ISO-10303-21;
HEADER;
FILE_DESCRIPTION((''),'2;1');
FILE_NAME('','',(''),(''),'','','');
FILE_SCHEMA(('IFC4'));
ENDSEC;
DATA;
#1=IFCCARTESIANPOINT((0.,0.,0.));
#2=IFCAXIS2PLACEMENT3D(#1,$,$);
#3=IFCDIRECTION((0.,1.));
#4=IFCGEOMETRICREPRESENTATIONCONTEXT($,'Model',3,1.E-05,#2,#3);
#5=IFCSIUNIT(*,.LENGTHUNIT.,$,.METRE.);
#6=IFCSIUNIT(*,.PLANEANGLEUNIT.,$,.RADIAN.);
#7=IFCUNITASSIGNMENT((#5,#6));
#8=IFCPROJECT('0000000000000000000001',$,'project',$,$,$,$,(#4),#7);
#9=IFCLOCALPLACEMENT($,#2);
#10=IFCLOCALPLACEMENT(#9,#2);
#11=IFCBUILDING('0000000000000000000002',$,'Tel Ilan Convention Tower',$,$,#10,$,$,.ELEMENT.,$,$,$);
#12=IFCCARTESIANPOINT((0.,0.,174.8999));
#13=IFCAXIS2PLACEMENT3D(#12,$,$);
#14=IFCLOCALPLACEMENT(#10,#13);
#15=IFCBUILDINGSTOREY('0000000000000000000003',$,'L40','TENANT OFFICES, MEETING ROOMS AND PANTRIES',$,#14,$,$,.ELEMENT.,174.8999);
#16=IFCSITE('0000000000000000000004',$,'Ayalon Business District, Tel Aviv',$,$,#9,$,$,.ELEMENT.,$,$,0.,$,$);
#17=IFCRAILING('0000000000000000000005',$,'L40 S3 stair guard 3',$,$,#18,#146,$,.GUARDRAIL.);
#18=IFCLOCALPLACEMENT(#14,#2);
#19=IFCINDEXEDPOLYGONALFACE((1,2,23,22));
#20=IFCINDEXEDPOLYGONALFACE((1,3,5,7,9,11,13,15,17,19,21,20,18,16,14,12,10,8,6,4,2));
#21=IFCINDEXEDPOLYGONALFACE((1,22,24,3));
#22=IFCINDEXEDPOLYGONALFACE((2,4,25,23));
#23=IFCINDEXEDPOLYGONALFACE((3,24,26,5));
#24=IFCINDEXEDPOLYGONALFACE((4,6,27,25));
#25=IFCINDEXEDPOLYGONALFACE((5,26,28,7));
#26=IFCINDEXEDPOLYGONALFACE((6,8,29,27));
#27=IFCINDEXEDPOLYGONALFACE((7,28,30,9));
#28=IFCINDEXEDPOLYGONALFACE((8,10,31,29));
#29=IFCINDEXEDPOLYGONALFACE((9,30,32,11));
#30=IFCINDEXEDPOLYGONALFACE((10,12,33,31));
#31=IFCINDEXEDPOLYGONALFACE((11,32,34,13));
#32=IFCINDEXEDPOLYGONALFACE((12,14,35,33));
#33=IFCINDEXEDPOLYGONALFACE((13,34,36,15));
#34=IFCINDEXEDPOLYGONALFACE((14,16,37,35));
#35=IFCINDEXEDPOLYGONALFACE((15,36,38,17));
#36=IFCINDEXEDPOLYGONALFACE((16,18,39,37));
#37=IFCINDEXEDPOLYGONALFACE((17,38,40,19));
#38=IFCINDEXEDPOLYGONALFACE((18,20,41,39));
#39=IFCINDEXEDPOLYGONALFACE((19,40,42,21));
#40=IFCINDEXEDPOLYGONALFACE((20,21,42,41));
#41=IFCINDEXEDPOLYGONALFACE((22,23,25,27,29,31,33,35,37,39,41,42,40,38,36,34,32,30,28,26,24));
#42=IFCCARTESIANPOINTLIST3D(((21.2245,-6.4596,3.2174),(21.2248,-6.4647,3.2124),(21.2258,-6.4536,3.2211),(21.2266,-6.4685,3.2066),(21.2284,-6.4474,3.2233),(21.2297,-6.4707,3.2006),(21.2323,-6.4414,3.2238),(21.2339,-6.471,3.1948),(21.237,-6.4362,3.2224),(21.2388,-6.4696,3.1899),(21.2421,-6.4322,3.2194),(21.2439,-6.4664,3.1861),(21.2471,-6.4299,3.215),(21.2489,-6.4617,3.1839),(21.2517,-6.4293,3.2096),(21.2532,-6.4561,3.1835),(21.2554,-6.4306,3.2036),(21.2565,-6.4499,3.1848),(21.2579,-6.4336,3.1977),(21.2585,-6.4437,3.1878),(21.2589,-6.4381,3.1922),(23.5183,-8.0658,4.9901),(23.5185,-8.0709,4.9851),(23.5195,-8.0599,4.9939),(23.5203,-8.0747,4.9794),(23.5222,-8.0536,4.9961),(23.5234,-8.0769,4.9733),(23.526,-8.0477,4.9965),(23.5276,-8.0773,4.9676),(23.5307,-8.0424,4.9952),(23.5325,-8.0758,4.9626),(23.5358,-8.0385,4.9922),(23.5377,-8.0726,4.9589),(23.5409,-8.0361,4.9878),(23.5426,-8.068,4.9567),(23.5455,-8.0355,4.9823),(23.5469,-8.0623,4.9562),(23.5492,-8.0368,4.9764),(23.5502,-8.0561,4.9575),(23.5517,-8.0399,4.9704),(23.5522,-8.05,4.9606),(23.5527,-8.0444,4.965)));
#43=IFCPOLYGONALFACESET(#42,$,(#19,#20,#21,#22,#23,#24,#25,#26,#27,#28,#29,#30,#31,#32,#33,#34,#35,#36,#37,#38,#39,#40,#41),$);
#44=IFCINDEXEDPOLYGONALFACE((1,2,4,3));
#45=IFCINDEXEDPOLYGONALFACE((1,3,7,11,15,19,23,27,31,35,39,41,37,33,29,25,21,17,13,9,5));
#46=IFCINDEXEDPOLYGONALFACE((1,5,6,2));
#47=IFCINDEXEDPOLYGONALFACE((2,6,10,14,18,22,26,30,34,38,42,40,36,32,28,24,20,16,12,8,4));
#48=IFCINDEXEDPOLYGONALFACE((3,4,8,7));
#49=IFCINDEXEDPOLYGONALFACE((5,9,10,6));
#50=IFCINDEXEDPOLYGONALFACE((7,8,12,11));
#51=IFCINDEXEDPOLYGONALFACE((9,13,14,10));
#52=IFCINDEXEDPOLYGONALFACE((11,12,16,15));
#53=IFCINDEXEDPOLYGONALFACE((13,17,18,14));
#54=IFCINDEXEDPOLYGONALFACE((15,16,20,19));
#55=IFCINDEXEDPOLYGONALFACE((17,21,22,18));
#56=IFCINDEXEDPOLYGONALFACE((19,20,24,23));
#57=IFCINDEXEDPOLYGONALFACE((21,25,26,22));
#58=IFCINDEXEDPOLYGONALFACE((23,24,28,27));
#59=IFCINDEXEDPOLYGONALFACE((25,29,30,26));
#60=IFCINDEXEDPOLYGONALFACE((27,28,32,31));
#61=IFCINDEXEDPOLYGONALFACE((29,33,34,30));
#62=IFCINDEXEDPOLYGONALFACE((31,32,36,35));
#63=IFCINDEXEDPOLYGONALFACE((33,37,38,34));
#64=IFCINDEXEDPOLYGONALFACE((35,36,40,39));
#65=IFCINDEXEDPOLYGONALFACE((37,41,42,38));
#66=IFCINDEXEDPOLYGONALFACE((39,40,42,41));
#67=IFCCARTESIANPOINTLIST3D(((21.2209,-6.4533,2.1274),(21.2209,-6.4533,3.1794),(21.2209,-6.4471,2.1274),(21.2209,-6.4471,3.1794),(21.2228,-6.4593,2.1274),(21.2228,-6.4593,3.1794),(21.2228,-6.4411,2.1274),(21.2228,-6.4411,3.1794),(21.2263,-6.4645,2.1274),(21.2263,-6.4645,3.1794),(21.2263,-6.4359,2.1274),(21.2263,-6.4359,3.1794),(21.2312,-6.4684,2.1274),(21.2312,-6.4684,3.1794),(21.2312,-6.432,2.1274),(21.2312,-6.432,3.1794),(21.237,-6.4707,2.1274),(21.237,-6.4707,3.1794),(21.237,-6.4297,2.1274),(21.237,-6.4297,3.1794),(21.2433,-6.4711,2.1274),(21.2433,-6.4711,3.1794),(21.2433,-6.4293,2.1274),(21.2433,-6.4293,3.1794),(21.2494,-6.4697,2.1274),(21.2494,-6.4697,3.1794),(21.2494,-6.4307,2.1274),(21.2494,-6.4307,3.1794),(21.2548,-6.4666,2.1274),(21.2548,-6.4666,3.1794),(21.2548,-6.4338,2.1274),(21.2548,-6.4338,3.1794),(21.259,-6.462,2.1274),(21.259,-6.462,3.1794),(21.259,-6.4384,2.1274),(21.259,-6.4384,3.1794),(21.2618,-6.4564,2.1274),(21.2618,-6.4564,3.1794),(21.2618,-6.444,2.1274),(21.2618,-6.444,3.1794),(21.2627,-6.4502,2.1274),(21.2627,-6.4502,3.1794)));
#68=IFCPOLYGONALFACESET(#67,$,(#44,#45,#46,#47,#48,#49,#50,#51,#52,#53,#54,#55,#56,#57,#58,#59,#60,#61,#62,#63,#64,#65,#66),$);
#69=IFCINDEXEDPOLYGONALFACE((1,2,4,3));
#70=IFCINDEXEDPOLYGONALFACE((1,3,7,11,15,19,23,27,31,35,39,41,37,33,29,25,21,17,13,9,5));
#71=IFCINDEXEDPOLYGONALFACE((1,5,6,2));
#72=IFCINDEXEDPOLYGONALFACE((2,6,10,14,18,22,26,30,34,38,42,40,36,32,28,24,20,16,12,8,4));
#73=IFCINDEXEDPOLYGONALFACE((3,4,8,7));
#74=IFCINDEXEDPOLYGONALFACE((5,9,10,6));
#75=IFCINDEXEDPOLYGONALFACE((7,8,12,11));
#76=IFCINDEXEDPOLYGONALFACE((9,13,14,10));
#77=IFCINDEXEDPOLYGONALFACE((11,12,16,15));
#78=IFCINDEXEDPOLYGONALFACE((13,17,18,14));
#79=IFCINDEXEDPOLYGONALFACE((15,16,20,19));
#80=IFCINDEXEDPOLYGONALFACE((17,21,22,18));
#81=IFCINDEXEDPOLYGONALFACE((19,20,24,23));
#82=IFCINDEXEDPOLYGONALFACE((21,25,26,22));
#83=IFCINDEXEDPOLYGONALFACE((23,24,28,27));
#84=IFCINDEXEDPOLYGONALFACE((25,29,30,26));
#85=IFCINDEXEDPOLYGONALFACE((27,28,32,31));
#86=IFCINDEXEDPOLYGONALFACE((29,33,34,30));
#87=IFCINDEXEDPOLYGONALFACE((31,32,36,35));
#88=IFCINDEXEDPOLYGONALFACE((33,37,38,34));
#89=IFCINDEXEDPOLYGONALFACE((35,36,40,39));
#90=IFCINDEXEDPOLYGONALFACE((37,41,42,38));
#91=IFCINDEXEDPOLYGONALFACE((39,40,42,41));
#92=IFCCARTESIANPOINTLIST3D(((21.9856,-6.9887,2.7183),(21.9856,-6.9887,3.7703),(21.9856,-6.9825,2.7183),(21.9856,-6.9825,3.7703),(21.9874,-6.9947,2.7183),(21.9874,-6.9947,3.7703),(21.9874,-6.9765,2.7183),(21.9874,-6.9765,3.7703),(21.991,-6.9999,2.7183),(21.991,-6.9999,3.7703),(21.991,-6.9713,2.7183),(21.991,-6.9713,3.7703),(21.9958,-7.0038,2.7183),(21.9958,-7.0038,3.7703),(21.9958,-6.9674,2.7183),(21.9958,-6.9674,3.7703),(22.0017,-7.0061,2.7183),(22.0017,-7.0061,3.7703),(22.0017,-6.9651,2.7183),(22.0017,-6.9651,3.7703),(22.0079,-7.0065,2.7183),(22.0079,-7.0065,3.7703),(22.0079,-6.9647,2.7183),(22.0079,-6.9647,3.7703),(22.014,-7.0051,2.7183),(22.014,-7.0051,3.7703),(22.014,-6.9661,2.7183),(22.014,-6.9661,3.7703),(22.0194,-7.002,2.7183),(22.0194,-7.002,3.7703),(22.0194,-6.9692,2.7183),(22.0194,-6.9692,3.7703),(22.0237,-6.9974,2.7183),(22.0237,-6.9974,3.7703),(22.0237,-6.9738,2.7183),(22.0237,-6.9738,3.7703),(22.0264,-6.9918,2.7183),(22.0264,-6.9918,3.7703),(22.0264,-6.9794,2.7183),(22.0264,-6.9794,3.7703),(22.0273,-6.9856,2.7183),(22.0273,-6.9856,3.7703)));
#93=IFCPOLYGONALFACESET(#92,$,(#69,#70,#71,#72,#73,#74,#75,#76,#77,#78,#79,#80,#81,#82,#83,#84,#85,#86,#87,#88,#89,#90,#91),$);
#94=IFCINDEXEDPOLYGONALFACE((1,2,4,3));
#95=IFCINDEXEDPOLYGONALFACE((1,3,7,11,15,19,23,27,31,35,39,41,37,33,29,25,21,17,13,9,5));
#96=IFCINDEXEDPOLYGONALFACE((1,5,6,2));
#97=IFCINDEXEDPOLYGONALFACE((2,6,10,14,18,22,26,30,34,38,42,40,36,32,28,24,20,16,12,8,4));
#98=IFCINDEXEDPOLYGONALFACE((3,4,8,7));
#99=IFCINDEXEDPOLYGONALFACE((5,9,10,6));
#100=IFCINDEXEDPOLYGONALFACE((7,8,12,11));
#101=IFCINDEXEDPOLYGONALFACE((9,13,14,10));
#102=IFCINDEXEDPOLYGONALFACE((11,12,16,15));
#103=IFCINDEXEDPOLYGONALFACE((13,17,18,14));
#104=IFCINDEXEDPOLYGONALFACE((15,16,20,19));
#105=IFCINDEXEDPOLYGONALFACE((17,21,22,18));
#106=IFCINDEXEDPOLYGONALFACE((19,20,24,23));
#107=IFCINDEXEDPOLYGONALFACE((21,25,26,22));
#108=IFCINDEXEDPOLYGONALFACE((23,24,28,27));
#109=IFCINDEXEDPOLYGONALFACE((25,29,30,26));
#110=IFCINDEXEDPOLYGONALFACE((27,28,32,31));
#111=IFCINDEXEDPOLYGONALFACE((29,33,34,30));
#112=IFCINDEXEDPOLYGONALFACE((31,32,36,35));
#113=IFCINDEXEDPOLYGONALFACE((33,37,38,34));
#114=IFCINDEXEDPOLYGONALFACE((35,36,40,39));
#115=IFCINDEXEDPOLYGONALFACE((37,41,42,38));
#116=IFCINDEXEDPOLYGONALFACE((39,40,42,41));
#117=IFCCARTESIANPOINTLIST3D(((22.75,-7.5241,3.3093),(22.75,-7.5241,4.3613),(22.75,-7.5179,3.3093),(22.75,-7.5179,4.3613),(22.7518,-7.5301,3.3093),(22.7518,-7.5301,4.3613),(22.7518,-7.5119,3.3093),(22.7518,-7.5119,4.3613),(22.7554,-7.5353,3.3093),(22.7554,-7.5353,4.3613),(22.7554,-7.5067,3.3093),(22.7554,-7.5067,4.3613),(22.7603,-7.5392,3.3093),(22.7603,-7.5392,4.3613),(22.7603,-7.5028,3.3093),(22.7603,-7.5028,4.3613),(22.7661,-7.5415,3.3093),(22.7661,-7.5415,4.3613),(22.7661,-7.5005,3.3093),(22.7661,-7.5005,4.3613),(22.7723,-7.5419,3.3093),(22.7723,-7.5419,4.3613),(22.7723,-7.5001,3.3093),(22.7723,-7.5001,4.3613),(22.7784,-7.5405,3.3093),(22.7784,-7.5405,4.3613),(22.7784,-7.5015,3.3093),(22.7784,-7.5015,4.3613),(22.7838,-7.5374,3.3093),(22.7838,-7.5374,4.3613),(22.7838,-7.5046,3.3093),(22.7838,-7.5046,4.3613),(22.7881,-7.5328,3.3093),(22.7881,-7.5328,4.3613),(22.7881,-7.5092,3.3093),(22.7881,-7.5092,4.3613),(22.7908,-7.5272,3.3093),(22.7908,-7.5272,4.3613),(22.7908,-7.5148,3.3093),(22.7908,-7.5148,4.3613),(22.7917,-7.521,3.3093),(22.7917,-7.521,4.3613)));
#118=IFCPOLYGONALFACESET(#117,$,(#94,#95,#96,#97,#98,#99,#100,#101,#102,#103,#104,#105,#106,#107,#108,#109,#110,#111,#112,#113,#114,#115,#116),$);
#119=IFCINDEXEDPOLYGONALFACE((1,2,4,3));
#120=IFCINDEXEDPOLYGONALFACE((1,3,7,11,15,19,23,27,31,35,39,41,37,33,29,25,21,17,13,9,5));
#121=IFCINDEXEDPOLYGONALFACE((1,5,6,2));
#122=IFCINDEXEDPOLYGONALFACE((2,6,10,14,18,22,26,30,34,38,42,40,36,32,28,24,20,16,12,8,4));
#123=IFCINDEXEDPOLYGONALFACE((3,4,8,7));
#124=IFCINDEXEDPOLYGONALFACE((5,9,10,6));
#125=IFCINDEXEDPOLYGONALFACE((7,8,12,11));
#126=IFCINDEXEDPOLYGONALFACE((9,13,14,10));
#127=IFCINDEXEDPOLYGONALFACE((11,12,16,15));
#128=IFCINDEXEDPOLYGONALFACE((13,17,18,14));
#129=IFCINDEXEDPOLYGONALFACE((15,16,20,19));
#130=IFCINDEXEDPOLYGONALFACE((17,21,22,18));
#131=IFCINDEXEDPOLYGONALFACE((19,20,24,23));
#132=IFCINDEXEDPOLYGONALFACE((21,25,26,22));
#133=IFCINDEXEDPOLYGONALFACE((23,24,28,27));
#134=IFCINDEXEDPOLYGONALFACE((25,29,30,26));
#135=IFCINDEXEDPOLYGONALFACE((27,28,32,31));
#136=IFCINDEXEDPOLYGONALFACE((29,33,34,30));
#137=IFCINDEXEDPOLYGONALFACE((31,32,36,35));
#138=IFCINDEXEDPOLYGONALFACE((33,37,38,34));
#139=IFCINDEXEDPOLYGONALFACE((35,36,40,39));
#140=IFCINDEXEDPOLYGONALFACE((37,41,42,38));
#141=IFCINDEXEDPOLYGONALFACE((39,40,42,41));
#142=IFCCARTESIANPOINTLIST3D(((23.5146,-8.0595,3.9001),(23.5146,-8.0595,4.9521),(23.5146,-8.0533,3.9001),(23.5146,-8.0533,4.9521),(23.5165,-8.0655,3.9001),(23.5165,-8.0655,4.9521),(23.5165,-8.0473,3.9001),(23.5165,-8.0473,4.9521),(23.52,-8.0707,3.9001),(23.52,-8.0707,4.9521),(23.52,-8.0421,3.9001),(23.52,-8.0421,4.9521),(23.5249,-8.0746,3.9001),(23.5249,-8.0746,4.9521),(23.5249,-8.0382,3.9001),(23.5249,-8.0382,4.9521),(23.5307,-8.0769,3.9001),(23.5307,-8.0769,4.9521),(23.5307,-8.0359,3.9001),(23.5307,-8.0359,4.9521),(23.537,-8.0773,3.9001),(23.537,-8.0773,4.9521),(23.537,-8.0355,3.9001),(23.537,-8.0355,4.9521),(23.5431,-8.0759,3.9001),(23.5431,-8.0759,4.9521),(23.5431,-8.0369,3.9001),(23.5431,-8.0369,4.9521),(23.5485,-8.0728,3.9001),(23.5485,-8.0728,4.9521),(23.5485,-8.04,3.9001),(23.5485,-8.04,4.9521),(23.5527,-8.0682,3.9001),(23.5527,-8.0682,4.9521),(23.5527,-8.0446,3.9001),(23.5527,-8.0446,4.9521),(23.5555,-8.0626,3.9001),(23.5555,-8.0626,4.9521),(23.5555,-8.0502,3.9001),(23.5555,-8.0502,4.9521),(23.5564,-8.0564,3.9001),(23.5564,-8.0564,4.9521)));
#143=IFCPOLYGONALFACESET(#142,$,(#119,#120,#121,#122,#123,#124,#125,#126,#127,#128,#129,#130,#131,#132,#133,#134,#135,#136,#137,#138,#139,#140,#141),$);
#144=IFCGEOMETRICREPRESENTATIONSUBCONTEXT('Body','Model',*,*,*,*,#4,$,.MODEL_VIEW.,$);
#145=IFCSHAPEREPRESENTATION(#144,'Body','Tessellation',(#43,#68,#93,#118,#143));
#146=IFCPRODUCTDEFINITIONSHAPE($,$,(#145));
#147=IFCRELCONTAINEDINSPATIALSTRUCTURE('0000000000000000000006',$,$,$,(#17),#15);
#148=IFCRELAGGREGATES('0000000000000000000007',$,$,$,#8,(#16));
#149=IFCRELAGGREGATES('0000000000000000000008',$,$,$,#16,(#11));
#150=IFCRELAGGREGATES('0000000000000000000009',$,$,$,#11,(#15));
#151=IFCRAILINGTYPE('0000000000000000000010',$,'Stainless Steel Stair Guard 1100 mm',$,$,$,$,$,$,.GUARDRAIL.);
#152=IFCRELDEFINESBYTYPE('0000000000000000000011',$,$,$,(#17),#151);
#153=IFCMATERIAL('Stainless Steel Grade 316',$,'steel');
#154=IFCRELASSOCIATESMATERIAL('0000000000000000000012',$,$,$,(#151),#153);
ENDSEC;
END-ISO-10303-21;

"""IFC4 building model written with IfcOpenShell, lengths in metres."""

from ifc_helpers import new_model, si_unit, direction, frame, origin, origin_2d, place, context, subcontext, project, spatial, circle, extrude, material, type_object, element, save


model = new_model("IFC4")

# Units and contexts
model_context = context("Model", 3, precision=1e-05, world=origin(), true_north=direction((0.0, 1.0)))
body_context = subcontext(model_context, "Body", "Model", "MODEL_VIEW")
ifc_project = project(units=[si_unit("LENGTHUNIT", "METRE"), si_unit("PLANEANGLEUNIT", "RADIAN")], contexts=[model_context])

# Site, building, storey
site_placement = place(None, origin())
site = spatial("IfcSite", under=ifc_project, at=site_placement, Name="Ayalon Business District, Tel Aviv", CompositionType="ELEMENT", RefElevation=0.0)
building_placement = place(site_placement, origin())
building = spatial("IfcBuilding", under=site, at=building_placement, Name="Tel Ilan Convention Tower", CompositionType="ELEMENT")
storey_placement = place(building_placement, frame((0.0, 0.0, 174.8999)))
storey = spatial("IfcBuildingStorey", under=building, at=storey_placement, Name="L40", Description="TENANT OFFICES, MEETING ROOMS AND PANTRIES", CompositionType="ELEMENT", Elevation=174.8999)

# Railing
ifc_material_1 = material(Name="Stainless Steel Grade 316", Category="steel")
railing_type_1 = type_object("IfcRailingType", Name="Stainless Steel Stair Guard 1100 mm", PredefinedType="GUARDRAIL", material=ifc_material_1)
railing_1_placement = place(storey_placement, frame((21.2417, -6.4502, 2.1274)))
element("IfcRailing", 1, at=railing_1_placement, inside=storey, type_object=railing_type_1, Name="L40 S3 stair guard 3", PredefinedType="GUARDRAIL", context=body_context, shape_type="SweptSolid", body=[
    extrude(circle(Radius=0.0239, at=origin_2d()), frame((0.0, 0.0, 1.0762), z_axis=(0.692098, -0.484653, 0.534894), x_axis=(0.573609, 0.81913, 0.0)), (0.0, 0.0, 1.0), 3.3142),
    extrude(circle(Radius=0.021, at=origin_2d()), origin(), (0.0, 0.0, 1.0), 1.052),
    extrude(circle(Radius=0.021, at=origin_2d()), frame((0.7646, -0.5354, 0.5908)), (0.0, 0.0, 1.0), 1.052),
    extrude(circle(Radius=0.021, at=origin_2d()), frame((1.5291, -1.0708, 1.1819)), (0.0, 0.0, 1.0), 1.052),
    extrude(circle(Radius=0.021, at=origin_2d()), frame((2.2937, -1.6062, 1.7727)), (0.0, 0.0, 1.0), 1.052),
])

save(model, "model.ifc")
